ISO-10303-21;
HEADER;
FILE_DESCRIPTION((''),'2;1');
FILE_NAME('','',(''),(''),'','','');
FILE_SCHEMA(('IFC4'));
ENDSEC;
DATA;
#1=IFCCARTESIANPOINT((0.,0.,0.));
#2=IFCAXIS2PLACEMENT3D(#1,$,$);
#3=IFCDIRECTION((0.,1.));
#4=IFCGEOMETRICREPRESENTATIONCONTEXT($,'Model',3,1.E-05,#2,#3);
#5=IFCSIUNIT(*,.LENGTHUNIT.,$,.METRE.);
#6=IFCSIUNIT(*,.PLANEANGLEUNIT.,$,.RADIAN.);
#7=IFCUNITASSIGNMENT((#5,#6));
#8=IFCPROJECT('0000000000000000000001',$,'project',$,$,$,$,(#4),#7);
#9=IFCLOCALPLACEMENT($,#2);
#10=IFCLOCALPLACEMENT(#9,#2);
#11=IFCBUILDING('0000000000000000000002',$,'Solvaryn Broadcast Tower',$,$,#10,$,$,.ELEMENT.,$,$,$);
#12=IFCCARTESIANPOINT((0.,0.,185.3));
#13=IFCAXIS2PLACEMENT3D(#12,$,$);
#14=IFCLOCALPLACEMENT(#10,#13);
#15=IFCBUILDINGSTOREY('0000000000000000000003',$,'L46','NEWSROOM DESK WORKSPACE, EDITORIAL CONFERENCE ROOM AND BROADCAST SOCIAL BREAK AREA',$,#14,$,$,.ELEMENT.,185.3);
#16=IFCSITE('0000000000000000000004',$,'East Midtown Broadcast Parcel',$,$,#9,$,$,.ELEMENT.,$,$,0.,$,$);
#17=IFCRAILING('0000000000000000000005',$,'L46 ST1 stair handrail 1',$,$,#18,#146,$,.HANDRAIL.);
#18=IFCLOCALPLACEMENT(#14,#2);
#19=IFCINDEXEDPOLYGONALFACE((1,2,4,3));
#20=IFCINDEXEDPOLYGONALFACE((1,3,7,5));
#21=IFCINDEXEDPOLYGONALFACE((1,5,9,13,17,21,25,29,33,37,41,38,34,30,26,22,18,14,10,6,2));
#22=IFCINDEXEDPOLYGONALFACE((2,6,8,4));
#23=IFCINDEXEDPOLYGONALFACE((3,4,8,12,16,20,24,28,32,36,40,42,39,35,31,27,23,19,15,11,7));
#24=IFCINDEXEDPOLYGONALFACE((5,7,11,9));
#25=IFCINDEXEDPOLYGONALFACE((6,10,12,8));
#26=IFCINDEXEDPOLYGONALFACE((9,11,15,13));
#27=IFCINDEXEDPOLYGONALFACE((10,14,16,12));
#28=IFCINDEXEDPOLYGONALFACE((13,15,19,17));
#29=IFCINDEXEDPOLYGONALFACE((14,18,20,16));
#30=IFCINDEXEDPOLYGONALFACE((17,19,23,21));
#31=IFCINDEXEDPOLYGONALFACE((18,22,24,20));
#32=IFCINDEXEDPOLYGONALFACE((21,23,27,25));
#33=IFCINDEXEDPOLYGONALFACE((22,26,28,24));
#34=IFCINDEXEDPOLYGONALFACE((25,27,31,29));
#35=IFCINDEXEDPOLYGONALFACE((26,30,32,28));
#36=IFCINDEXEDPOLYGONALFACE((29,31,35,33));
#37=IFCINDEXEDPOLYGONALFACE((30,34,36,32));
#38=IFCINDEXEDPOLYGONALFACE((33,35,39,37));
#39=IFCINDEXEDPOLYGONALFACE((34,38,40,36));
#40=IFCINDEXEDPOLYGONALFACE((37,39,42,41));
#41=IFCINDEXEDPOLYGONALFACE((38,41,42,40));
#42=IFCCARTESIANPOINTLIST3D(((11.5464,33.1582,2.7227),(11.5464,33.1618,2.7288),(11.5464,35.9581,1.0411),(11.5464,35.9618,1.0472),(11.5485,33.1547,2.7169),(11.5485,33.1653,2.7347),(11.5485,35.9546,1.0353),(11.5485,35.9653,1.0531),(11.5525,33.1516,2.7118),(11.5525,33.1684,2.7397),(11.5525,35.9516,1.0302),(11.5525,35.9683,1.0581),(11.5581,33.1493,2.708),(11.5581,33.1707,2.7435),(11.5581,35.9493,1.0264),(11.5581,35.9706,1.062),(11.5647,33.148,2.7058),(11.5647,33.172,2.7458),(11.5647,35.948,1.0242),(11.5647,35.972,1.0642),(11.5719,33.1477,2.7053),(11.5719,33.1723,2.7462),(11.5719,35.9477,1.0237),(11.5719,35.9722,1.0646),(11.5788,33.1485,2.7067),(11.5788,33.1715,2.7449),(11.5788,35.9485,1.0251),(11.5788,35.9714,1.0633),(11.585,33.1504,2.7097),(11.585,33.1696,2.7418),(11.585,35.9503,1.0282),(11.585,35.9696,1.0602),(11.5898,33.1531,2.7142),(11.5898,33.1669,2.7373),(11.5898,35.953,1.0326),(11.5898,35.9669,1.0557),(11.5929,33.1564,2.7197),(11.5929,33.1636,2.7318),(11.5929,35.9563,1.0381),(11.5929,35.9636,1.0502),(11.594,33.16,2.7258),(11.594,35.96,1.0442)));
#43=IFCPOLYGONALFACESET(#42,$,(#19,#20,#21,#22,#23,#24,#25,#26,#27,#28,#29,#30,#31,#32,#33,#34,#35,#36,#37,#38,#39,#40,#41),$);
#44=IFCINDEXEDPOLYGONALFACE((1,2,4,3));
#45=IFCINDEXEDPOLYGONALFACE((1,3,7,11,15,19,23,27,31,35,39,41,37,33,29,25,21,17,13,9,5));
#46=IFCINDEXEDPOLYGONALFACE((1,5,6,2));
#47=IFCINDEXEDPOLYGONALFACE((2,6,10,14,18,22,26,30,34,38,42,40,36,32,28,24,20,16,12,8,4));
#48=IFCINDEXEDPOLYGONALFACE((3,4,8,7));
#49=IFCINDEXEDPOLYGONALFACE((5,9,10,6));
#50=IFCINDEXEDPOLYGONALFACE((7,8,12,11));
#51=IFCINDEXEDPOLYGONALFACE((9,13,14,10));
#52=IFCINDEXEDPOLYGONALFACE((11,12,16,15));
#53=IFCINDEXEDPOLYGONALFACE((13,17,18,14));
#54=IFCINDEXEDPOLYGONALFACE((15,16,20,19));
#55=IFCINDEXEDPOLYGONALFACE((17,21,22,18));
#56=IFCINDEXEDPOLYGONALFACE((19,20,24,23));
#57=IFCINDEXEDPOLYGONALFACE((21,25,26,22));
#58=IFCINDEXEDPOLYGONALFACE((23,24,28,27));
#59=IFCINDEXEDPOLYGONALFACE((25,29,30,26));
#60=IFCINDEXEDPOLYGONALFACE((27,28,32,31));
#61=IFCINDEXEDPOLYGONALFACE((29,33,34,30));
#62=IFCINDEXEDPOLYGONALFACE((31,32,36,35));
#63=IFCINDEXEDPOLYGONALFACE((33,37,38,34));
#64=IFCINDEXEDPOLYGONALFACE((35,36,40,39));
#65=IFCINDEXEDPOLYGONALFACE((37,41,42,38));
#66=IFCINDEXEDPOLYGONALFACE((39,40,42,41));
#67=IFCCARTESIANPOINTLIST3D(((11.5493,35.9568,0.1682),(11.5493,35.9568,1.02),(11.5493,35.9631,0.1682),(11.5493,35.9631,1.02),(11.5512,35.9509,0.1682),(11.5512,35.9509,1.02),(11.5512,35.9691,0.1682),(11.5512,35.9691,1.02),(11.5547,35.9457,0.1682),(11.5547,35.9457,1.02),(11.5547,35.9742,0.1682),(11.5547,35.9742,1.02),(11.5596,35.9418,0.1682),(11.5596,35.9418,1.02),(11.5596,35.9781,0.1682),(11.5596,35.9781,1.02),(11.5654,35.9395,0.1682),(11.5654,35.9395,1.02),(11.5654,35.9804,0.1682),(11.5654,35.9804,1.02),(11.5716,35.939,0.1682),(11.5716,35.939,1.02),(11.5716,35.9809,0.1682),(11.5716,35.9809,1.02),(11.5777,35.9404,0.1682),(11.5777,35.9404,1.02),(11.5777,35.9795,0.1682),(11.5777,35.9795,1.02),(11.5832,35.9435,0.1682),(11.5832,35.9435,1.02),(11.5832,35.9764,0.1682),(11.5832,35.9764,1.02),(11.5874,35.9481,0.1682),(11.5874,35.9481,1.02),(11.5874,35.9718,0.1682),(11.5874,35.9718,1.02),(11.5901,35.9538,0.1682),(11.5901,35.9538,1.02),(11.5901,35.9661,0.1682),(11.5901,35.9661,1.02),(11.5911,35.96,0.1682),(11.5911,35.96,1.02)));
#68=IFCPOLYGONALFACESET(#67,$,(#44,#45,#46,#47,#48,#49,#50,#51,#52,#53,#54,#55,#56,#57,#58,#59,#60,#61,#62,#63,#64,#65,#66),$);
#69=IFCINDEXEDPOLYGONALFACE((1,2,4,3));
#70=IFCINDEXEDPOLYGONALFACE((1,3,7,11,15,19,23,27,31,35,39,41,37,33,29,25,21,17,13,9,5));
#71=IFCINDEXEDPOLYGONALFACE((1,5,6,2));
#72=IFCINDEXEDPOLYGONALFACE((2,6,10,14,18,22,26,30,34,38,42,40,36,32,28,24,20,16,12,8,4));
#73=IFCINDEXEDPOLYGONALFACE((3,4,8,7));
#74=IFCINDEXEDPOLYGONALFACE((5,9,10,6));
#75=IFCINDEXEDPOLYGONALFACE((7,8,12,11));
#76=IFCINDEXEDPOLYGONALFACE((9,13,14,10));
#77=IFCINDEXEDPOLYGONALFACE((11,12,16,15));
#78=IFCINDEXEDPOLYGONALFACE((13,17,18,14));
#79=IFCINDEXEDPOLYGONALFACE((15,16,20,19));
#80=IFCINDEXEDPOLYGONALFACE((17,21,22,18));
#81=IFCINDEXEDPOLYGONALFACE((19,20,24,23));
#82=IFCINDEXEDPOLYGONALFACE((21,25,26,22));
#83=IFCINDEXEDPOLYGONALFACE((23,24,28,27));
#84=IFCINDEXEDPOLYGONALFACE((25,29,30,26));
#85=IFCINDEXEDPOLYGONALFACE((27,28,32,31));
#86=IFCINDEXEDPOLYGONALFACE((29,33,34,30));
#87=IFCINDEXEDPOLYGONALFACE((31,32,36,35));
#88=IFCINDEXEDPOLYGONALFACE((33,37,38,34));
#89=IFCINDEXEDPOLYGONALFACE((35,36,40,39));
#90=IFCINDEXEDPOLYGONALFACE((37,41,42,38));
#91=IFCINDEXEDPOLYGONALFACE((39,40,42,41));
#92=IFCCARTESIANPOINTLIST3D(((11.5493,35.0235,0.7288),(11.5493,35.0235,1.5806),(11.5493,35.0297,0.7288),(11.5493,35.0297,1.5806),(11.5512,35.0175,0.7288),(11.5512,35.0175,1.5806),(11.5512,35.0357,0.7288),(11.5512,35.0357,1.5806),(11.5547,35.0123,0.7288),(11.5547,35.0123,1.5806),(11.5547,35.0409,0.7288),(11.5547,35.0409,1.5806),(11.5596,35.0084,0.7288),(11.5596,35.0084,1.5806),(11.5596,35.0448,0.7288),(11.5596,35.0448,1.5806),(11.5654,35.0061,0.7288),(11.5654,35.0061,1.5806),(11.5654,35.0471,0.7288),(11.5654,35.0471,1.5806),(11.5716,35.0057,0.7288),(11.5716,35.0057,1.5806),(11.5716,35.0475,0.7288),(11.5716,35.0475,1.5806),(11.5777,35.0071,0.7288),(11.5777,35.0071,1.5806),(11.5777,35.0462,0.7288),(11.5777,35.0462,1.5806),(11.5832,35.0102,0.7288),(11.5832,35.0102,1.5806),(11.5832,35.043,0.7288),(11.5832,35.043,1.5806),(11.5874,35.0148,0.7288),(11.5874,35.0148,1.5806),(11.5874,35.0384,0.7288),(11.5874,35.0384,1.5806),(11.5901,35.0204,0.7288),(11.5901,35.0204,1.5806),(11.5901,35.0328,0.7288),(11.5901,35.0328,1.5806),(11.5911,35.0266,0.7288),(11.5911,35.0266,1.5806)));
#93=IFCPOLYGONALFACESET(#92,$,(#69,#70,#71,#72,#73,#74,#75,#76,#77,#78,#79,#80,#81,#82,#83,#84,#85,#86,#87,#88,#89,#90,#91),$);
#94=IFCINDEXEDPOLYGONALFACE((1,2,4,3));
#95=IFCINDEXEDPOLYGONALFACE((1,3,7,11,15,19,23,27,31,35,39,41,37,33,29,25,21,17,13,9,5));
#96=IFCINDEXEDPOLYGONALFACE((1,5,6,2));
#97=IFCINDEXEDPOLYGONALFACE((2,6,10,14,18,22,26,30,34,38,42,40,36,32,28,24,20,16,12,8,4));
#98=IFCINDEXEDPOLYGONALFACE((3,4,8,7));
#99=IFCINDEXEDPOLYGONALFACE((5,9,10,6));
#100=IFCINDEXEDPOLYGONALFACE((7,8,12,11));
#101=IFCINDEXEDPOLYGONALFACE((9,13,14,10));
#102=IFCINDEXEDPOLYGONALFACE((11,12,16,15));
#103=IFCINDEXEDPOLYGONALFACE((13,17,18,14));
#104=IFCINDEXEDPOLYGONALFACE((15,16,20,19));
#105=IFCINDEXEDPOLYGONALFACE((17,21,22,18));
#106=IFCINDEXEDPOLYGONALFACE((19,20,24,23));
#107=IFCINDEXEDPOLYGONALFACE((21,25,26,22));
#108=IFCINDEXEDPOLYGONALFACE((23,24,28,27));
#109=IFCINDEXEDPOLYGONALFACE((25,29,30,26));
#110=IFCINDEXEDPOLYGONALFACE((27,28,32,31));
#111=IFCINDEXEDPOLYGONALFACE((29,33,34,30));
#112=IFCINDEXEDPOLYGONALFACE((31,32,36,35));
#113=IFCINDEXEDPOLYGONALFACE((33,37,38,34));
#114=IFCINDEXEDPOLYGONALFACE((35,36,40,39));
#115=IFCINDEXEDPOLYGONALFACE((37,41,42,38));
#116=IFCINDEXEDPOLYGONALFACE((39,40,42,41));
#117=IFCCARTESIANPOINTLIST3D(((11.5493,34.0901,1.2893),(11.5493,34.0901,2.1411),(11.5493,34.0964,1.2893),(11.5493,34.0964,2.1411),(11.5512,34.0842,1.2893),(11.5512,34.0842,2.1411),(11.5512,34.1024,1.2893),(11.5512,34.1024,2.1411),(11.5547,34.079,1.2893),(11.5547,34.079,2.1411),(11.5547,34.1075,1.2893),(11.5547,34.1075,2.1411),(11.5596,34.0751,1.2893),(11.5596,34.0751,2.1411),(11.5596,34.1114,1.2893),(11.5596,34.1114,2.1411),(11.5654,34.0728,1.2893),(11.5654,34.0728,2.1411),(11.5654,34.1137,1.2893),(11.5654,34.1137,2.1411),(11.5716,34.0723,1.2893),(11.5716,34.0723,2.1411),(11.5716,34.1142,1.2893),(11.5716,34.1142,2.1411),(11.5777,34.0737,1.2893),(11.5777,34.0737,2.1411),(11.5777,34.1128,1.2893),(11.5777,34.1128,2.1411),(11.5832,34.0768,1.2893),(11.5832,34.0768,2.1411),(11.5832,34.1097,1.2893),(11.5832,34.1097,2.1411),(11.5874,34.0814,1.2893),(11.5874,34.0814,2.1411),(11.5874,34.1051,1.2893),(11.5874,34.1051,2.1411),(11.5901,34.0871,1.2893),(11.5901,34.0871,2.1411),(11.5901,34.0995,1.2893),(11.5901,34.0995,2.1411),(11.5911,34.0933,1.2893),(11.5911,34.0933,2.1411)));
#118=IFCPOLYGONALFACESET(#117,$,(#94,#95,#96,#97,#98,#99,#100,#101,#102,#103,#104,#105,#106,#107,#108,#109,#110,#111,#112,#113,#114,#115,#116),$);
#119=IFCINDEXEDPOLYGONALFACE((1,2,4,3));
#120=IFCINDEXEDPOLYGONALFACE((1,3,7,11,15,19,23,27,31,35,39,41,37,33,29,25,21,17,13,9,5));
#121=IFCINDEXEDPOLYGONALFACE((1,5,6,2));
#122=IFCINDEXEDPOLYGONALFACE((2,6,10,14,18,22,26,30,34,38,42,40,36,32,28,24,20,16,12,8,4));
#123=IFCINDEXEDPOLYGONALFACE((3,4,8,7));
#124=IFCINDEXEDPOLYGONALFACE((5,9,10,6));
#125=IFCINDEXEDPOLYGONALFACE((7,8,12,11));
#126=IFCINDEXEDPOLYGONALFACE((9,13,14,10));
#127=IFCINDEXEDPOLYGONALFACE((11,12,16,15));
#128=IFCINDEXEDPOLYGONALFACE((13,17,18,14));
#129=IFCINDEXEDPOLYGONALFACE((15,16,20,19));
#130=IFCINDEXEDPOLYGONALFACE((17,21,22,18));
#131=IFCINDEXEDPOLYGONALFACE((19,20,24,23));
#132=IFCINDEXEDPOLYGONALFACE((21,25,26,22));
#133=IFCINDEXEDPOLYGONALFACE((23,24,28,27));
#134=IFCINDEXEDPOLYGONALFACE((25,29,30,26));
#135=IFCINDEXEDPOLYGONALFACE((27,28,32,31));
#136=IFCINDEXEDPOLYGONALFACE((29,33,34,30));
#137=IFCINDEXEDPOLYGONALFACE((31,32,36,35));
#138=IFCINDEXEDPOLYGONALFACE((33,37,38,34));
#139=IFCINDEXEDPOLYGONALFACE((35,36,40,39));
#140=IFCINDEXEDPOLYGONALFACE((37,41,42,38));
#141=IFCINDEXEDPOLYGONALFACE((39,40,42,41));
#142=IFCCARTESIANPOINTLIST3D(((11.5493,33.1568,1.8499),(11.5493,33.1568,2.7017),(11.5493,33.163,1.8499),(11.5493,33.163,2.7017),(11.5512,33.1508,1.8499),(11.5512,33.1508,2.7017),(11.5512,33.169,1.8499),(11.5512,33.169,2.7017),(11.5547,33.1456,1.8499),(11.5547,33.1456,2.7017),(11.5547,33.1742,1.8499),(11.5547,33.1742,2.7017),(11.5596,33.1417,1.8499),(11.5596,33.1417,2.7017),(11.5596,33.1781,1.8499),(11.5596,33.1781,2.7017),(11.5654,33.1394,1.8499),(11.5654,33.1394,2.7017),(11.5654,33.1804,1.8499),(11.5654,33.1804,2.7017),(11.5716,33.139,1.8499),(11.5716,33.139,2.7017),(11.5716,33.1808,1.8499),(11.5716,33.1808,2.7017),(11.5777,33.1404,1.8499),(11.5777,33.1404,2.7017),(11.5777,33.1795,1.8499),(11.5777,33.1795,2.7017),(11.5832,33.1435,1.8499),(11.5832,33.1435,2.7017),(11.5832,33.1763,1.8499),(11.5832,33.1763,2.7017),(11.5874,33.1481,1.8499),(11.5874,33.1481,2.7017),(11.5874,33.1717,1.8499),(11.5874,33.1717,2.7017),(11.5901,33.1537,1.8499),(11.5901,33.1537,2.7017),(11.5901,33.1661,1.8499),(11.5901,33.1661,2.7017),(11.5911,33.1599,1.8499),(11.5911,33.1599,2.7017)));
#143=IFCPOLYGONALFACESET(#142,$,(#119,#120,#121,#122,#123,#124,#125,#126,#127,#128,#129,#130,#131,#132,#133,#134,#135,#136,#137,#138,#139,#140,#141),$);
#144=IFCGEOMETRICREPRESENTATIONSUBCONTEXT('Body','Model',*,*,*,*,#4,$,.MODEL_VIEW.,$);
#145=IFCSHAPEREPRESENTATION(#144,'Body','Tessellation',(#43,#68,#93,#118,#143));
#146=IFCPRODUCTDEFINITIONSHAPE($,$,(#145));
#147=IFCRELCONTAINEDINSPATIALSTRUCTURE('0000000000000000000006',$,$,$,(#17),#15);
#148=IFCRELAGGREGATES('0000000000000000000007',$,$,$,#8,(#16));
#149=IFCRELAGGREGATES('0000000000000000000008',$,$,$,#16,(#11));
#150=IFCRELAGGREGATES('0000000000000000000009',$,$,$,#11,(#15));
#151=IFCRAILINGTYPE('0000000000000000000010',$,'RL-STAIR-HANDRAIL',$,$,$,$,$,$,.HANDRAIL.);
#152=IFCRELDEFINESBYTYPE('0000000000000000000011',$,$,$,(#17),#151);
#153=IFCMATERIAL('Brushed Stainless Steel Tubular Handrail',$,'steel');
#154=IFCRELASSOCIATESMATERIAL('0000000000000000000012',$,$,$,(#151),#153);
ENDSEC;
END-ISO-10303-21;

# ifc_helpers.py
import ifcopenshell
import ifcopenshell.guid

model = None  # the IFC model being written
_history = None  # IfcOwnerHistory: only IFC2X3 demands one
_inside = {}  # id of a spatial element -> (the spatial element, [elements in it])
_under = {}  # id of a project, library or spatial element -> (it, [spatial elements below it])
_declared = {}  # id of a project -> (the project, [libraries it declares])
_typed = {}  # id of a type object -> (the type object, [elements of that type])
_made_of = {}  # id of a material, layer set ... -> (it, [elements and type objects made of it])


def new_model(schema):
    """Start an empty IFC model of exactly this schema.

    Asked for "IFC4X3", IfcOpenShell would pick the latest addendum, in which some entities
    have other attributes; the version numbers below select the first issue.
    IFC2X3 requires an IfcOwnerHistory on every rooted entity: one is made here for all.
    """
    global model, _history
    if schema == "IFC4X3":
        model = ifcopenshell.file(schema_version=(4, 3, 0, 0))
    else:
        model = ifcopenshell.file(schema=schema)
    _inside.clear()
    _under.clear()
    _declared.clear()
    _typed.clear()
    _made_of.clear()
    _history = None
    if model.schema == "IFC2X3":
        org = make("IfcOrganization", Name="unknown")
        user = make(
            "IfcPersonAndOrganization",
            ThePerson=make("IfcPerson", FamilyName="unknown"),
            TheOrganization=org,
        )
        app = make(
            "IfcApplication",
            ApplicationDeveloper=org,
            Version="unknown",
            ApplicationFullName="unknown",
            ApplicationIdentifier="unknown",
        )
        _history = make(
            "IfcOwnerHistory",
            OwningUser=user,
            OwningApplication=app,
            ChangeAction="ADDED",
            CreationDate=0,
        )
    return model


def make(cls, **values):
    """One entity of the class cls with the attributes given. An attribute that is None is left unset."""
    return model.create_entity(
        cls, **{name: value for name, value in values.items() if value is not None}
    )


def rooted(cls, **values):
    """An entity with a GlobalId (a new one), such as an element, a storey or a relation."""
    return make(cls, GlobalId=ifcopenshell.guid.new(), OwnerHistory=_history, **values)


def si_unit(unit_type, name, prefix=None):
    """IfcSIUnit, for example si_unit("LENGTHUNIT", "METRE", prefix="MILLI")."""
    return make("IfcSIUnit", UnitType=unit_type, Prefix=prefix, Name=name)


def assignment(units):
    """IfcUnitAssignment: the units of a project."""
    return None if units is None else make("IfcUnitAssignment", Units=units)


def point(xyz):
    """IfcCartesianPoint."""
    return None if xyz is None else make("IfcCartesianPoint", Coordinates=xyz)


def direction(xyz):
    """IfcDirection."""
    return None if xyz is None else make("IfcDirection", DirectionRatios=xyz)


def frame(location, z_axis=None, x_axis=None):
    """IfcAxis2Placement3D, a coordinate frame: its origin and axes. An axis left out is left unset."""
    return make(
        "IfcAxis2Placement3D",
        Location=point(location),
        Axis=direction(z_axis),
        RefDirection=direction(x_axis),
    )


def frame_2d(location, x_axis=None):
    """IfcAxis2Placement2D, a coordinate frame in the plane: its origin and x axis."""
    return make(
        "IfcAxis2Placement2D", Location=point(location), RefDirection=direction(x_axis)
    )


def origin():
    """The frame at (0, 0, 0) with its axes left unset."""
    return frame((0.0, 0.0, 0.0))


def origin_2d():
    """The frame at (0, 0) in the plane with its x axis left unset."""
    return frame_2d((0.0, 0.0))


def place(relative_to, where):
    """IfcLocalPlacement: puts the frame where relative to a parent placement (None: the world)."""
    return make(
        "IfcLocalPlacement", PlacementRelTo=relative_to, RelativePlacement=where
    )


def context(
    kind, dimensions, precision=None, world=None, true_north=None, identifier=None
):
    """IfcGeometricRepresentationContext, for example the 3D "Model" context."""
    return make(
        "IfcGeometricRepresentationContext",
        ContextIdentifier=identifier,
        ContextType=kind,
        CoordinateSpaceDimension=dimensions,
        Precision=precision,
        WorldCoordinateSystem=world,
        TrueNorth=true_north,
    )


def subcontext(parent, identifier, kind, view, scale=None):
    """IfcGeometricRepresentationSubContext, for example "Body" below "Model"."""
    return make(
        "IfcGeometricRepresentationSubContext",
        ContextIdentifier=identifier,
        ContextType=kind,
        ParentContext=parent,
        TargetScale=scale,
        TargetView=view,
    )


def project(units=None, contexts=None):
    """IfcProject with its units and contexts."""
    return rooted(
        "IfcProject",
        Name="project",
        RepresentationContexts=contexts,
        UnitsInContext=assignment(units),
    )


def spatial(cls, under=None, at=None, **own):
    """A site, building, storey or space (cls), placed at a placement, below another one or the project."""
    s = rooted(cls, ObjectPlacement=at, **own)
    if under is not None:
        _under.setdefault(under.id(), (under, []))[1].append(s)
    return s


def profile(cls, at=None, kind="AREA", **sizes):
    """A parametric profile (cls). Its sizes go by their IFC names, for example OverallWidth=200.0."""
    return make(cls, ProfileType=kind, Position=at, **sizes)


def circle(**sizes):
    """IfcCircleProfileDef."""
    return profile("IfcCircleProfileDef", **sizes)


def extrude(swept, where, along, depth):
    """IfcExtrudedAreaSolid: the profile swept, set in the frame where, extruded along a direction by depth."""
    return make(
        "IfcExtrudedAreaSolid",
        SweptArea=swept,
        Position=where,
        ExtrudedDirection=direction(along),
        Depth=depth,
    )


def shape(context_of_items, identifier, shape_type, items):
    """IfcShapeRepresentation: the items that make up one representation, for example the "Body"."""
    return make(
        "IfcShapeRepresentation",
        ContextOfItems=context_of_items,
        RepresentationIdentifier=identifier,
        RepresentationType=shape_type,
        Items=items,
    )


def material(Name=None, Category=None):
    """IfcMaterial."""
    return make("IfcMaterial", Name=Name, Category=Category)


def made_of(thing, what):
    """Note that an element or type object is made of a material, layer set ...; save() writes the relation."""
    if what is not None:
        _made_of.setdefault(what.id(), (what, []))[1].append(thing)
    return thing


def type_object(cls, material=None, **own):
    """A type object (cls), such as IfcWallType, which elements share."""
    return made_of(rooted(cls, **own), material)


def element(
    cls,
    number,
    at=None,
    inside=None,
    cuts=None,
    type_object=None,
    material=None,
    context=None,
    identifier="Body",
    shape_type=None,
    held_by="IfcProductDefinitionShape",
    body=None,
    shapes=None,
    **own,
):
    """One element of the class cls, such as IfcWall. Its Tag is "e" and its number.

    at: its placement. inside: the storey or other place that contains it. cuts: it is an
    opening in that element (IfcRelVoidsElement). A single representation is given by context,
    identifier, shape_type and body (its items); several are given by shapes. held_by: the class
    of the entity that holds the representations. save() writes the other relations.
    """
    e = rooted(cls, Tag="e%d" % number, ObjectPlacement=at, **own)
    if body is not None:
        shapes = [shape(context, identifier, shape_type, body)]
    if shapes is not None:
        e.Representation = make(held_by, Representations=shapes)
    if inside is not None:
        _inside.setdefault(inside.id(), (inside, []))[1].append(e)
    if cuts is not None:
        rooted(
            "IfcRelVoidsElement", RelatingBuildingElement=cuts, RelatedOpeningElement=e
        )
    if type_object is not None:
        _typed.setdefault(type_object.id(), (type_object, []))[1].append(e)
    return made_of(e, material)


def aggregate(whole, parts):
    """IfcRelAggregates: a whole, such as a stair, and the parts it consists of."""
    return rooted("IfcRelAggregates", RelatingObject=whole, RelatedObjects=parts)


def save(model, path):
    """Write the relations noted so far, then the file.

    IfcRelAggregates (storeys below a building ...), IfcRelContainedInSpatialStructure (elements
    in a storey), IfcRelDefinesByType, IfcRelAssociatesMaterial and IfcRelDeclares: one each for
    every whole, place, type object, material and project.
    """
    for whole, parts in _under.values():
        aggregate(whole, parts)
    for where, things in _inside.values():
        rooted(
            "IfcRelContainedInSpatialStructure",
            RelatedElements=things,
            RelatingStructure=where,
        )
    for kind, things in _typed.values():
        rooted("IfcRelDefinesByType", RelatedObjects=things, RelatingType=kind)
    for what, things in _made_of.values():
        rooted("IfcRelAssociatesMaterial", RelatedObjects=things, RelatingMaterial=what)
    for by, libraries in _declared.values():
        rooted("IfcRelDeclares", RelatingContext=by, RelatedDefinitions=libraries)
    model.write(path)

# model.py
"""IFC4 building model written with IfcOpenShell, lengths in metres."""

from ifc_helpers import new_model, si_unit, direction, frame, origin, origin_2d, place, context, subcontext, project, spatial, circle, extrude, material, type_object, element, save


model = new_model("IFC4")

# Units and contexts
model_context = context("Model", 3, precision=1e-05, world=origin(), true_north=direction((0.0, 1.0)))
body_context = subcontext(model_context, "Body", "Model", "MODEL_VIEW")
ifc_project = project(units=[si_unit("LENGTHUNIT", "METRE"), si_unit("PLANEANGLEUNIT", "RADIAN")], contexts=[model_context])

# Site, building, storey
site_placement = place(None, origin())
site = spatial("IfcSite", under=ifc_project, at=site_placement, Name="East Midtown Broadcast Parcel", CompositionType="ELEMENT", RefElevation=0.0)
building_placement = place(site_placement, origin())
building = spatial("IfcBuilding", under=site, at=building_placement, Name="Solvaryn Broadcast Tower", CompositionType="ELEMENT")
storey_placement = place(building_placement, frame((0.0, 0.0, 185.3)))
storey = spatial("IfcBuildingStorey", under=building, at=storey_placement, Name="L46", Description="NEWSROOM DESK WORKSPACE, EDITORIAL CONFERENCE ROOM AND BROADCAST SOCIAL BREAK AREA", CompositionType="ELEMENT", Elevation=185.3)

# Railing
ifc_material_1 = material(Name="Brushed Stainless Steel Tubular Handrail", Category="steel")
railing_type_1 = type_object("IfcRailingType", Name="RL-STAIR-HANDRAIL", PredefinedType="HANDRAIL", material=ifc_material_1)
railing_1_placement = place(storey_placement, frame((11.5701, 35.96, 0.1682)))
element("IfcRailing", 1, at=railing_1_placement, inside=storey, type_object=railing_type_1, Name="L46 ST1 stair handrail 1", PredefinedType="HANDRAIL", context=body_context, shape_type="SweptSolid", body=[
    extrude(circle(Radius=0.0239, at=origin_2d()), frame((0.0, 0.0, 0.876), z_axis=(0.0, -0.857275, 0.514858), x_axis=(1.0, 0.0, 0.0)), (0.0, 0.0, 1.0), 3.2661),
    extrude(circle(Radius=0.021, at=origin_2d()), origin(), (0.0, 0.0, 1.0), 0.8518),
    extrude(circle(Radius=0.021, at=origin_2d()), frame((0.0, -0.9333, 0.5605)), (0.0, 0.0, 1.0), 0.8518),
    extrude(circle(Radius=0.021, at=origin_2d()), frame((0.0, -1.8667, 1.1211)), (0.0, 0.0, 1.0), 0.8518),
    extrude(circle(Radius=0.021, at=origin_2d()), frame((0.0, -2.8, 1.6816)), (0.0, 0.0, 1.0), 0.8518),
])

save(model, "model.ifc")
